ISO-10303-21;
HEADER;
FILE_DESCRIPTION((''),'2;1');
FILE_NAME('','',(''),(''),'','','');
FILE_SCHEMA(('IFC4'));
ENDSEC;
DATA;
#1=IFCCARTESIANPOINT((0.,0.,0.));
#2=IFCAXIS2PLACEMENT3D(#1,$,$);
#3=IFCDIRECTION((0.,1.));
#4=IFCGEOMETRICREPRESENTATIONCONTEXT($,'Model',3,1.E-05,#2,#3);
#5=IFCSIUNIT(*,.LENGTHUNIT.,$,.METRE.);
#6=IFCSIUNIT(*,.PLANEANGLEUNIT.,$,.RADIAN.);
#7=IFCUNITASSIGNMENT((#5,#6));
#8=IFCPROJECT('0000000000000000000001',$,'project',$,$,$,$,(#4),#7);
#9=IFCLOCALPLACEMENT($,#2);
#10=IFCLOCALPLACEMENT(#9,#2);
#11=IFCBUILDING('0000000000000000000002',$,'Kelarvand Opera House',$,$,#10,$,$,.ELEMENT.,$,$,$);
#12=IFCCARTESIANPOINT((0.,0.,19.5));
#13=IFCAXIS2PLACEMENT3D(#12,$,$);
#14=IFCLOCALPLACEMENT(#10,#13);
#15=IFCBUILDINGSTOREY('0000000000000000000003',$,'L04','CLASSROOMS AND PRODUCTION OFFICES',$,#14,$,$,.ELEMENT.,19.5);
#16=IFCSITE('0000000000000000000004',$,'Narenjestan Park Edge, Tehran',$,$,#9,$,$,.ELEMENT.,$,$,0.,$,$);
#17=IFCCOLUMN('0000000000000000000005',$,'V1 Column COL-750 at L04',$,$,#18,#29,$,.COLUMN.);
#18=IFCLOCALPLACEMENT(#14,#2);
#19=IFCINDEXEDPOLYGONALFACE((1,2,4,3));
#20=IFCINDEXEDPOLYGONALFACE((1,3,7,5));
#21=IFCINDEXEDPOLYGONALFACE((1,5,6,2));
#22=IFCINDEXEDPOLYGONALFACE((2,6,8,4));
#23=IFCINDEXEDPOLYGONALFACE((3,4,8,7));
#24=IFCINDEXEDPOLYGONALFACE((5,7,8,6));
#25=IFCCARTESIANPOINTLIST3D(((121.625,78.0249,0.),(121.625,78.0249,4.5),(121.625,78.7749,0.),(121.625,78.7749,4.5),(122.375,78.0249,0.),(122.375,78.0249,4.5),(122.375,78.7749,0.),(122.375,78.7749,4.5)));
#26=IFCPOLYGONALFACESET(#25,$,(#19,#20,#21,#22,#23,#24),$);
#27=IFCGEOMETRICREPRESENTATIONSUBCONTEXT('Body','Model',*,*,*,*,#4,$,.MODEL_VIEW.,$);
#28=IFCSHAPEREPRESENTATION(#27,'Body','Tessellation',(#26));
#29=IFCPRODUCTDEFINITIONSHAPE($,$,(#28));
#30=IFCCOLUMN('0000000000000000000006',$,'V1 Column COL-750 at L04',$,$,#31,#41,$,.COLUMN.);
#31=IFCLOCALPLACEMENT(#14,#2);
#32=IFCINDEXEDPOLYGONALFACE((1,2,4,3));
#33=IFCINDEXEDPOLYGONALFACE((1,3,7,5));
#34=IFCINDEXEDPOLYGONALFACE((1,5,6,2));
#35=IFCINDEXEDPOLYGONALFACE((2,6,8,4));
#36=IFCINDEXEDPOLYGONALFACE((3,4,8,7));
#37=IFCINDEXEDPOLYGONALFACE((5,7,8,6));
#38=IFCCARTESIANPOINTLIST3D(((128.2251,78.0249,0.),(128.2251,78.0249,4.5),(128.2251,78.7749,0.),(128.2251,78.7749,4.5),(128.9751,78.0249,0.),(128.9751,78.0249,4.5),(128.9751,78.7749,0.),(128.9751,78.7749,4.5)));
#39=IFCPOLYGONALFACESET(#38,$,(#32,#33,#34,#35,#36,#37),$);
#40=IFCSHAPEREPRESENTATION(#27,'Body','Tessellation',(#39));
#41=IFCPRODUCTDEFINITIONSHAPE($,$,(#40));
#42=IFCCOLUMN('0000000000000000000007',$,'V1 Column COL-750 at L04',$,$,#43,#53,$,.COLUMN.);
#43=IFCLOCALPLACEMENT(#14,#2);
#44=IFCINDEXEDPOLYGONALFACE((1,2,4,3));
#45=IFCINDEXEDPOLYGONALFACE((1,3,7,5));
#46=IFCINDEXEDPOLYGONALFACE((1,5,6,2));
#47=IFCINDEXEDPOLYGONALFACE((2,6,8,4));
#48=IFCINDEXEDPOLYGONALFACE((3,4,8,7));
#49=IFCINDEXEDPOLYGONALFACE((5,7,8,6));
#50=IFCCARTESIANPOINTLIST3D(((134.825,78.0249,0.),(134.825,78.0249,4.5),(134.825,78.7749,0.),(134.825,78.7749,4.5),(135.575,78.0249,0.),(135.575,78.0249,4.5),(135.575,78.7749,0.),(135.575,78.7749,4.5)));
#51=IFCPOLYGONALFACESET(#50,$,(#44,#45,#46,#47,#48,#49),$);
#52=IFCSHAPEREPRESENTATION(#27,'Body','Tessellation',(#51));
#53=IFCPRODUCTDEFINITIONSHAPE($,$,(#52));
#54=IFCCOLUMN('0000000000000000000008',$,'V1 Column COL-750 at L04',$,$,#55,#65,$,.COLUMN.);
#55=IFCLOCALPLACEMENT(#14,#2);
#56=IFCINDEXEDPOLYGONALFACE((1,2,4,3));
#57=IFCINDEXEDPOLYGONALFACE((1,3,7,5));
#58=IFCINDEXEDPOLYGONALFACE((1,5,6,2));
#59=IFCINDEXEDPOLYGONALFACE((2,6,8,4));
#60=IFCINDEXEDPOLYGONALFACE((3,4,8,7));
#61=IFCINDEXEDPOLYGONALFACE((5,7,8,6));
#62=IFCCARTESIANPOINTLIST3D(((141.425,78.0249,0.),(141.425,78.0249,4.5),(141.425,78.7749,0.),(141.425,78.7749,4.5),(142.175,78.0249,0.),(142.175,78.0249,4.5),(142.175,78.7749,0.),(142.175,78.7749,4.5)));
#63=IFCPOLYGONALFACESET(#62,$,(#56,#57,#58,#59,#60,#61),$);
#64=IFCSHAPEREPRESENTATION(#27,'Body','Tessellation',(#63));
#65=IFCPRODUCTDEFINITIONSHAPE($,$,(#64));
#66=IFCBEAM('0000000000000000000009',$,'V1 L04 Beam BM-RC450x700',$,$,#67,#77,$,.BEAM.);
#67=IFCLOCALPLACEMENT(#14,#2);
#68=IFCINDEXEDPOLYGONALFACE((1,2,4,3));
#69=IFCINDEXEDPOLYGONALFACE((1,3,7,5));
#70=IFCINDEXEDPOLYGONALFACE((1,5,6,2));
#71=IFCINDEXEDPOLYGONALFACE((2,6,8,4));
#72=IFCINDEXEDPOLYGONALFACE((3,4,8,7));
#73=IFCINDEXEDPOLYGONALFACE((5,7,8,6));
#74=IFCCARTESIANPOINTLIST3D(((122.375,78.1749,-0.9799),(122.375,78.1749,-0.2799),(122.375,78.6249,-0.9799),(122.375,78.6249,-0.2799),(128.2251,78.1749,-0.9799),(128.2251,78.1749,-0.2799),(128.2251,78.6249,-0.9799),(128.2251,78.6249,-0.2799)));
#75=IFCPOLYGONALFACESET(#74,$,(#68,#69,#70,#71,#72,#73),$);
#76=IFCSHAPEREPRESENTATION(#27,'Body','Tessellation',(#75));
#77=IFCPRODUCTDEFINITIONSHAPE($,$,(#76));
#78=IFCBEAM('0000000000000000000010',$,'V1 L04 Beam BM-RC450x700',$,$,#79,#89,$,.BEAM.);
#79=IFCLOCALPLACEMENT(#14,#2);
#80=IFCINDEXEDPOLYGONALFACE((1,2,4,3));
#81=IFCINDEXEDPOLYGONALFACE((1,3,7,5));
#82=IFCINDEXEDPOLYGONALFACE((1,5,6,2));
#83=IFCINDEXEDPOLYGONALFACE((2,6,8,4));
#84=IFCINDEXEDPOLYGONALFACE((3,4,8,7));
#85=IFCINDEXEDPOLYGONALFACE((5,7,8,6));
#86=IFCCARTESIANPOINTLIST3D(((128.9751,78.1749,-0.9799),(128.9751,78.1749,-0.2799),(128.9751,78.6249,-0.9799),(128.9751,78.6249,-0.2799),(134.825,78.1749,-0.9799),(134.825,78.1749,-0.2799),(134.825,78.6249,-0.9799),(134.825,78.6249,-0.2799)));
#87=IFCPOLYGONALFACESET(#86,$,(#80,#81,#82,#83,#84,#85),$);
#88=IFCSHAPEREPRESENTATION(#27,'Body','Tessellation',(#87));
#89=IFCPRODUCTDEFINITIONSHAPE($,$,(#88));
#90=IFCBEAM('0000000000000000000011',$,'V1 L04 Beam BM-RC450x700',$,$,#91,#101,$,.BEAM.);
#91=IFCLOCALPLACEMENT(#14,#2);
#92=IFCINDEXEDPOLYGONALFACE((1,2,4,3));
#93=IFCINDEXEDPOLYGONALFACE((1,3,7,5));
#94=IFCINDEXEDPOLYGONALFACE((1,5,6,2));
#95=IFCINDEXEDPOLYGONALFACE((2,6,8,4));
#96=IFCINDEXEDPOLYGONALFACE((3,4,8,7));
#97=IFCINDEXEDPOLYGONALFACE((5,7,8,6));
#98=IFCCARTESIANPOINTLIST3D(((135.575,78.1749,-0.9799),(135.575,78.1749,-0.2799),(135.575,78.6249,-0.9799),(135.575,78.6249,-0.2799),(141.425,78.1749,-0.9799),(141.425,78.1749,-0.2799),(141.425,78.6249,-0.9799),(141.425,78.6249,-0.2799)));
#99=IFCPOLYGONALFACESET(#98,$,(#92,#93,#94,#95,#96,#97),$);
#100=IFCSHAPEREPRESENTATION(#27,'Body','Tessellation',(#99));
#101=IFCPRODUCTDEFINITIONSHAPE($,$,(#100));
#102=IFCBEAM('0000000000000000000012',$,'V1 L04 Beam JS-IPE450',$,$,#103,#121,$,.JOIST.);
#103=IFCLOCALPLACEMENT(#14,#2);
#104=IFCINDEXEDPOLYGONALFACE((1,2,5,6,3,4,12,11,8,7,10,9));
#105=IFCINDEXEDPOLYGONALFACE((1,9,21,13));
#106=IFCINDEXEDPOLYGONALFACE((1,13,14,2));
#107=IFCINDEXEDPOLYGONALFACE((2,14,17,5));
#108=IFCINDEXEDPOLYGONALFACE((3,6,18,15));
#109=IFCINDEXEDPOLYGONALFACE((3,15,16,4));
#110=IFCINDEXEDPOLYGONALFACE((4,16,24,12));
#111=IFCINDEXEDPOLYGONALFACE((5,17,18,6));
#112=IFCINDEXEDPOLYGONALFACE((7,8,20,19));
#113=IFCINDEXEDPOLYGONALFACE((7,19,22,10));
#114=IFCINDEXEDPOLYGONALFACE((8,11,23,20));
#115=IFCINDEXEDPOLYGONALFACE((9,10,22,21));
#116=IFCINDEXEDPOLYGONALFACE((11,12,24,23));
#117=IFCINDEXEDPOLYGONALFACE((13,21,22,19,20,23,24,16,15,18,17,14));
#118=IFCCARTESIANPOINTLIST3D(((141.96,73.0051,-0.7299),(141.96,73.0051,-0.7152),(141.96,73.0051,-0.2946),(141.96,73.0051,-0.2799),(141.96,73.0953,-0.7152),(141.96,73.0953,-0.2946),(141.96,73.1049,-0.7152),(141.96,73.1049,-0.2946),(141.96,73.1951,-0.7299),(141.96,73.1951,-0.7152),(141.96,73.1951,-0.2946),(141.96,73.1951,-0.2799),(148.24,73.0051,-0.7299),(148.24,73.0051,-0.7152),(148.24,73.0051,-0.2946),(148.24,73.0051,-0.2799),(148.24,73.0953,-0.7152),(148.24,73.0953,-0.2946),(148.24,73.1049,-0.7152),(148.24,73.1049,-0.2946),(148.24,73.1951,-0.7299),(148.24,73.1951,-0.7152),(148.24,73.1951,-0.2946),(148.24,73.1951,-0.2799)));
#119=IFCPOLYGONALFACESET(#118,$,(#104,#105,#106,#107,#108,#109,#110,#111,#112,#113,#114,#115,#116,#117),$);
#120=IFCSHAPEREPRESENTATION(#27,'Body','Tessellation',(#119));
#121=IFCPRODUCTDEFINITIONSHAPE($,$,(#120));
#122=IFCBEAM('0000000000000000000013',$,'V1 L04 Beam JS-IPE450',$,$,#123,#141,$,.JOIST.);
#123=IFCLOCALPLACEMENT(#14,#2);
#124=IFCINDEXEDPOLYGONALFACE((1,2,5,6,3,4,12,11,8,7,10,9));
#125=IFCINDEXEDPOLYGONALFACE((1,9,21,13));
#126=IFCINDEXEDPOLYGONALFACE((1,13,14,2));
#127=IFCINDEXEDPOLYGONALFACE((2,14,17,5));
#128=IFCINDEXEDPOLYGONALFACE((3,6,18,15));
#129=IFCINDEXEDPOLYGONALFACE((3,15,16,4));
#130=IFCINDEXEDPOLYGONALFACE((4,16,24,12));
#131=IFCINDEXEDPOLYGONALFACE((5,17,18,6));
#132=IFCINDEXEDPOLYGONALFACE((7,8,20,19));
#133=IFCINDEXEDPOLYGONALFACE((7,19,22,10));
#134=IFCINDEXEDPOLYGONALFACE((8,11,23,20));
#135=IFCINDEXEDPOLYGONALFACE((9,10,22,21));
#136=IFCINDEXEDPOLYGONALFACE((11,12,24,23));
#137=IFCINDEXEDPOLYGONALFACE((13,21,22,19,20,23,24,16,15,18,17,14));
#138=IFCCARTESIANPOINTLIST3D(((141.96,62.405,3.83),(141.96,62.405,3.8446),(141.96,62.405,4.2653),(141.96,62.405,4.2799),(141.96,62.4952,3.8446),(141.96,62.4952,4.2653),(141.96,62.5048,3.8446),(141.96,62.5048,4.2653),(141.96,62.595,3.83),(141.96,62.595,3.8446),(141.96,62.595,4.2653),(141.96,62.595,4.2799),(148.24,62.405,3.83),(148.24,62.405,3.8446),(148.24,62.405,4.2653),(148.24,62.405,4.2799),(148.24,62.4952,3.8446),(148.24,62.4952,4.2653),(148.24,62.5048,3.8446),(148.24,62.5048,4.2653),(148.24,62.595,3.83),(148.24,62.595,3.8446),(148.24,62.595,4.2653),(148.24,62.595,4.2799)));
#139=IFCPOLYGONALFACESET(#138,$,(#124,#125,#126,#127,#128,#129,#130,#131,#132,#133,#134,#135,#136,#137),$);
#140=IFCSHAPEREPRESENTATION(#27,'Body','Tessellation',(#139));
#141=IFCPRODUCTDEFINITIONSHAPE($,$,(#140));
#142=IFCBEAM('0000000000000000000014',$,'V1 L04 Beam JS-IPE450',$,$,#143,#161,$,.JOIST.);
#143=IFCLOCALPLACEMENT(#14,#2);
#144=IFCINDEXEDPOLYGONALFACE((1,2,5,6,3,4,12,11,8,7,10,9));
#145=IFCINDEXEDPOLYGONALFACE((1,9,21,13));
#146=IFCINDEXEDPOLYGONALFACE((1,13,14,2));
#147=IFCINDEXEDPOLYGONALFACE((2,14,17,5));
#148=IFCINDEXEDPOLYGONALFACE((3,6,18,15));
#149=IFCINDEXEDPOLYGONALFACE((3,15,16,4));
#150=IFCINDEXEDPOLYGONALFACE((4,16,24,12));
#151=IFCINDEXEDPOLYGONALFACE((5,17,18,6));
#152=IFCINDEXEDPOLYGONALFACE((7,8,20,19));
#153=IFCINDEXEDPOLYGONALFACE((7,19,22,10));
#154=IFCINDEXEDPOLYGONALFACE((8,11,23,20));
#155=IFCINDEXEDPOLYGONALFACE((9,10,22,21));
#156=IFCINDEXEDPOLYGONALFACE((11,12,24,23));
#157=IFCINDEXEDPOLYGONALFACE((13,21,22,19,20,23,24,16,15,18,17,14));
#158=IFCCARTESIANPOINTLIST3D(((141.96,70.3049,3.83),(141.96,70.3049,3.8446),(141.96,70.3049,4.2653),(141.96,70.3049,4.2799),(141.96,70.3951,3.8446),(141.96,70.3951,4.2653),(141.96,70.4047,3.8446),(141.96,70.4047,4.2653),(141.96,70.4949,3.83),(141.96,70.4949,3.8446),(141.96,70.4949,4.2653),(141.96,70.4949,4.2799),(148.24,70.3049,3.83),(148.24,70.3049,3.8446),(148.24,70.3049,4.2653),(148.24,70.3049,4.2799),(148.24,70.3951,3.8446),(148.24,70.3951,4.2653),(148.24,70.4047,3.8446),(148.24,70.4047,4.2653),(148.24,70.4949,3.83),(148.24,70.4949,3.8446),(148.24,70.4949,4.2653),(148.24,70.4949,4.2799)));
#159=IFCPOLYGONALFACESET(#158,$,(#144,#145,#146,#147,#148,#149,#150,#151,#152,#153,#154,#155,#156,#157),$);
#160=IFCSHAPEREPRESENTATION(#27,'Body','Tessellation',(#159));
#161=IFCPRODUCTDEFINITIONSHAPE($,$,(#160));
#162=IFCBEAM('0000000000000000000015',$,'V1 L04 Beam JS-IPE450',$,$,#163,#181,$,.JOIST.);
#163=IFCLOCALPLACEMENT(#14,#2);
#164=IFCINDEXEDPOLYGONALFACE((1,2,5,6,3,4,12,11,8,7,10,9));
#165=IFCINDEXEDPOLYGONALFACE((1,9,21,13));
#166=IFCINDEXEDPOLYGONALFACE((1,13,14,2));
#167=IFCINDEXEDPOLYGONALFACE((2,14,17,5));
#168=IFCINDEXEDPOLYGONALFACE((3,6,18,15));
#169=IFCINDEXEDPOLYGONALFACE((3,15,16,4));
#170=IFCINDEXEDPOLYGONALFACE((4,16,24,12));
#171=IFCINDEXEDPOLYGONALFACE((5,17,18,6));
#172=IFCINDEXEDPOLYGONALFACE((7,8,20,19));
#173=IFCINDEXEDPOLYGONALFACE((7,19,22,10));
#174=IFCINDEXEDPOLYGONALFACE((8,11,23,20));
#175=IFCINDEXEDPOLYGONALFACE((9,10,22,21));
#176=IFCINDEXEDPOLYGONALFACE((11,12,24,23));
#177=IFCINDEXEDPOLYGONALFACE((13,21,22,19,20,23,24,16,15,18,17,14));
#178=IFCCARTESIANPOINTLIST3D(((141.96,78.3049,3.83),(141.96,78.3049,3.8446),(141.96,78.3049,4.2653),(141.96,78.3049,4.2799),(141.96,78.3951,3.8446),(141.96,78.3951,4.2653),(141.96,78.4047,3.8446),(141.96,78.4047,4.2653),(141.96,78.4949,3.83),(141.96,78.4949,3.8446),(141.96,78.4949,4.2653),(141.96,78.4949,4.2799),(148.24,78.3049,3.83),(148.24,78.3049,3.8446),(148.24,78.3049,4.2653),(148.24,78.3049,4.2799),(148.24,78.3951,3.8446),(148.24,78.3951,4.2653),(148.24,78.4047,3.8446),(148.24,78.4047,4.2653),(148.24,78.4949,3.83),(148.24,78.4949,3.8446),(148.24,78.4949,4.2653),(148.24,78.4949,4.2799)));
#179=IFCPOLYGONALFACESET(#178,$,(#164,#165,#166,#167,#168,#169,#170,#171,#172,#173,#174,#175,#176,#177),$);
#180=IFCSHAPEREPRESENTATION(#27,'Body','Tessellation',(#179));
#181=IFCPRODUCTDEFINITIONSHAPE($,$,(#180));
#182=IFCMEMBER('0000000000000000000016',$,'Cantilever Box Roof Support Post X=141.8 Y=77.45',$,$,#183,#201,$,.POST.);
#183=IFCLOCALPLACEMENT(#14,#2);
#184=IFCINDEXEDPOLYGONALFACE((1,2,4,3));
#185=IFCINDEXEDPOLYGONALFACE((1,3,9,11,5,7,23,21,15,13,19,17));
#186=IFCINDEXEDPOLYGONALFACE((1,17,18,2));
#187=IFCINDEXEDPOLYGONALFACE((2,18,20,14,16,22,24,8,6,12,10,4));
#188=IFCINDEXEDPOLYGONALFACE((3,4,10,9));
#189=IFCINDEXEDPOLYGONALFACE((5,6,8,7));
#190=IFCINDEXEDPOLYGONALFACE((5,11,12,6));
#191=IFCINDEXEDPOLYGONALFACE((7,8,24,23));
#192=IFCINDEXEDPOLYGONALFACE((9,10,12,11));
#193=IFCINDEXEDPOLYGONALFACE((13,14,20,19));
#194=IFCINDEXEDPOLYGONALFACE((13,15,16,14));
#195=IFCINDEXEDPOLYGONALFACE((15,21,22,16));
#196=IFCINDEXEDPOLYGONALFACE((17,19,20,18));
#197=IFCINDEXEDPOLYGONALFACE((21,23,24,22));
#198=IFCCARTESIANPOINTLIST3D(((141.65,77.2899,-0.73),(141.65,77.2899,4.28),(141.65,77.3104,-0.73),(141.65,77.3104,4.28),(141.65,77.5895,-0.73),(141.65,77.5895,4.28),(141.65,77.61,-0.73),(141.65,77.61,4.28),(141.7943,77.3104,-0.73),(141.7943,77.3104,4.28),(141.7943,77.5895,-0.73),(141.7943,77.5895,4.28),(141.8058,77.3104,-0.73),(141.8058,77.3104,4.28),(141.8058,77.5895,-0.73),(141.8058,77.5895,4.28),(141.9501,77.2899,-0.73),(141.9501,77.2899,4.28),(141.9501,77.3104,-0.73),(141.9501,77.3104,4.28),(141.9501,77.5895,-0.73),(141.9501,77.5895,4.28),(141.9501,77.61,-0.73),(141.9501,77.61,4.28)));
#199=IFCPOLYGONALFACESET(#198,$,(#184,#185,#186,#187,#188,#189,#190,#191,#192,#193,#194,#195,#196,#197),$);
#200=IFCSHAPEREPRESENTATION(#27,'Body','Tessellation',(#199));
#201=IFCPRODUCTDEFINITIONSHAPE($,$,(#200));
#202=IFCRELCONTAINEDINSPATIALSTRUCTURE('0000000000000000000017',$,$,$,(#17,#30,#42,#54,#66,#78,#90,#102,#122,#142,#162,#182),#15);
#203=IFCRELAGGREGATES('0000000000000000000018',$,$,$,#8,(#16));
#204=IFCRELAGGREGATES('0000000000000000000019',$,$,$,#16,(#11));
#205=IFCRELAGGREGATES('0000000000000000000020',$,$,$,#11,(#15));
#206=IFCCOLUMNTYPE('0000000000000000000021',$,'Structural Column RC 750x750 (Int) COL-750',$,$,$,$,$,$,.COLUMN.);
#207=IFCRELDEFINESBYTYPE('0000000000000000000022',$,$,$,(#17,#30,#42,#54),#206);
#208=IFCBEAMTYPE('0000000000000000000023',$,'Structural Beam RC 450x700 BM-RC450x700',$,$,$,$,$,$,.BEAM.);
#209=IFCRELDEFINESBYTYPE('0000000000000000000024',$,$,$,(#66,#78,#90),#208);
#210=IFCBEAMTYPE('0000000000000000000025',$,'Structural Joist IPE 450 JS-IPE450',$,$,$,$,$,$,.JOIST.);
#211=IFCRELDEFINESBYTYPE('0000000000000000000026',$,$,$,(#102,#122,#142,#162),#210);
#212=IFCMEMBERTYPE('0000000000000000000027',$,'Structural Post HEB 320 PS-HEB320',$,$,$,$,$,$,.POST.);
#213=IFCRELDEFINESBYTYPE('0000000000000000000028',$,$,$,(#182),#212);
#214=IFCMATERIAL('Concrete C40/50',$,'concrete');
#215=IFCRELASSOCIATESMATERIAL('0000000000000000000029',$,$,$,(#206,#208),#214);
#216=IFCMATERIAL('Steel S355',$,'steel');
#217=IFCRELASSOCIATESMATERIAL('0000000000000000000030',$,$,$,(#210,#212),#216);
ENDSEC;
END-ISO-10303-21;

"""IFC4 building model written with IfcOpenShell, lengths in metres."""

from ifc_helpers import new_model, si_unit, direction, frame, origin, origin_2d, place, context, subcontext, project, spatial, rectangle, i_section, extrude, material, material_profile, profile_set, type_object, element, save


model = new_model("IFC4")

# Units and contexts
model_context = context("Model", 3, precision=1e-05, world=origin(), true_north=direction((0.0, 1.0)))
body_context = subcontext(model_context, "Body", "Model", "MODEL_VIEW")
ifc_project = project(units=[si_unit("LENGTHUNIT", "METRE"), si_unit("PLANEANGLEUNIT", "RADIAN")], contexts=[model_context])

# Site, building, storey
site_placement = place(None, origin())
site = spatial("IfcSite", under=ifc_project, at=site_placement, Name="Narenjestan Park Edge, Tehran", CompositionType="ELEMENT", RefElevation=0.0)
building_placement = place(site_placement, origin())
building = spatial("IfcBuilding", under=site, at=building_placement, Name="Kelarvand Opera House", CompositionType="ELEMENT")
storey_placement = place(building_placement, frame((0.0, 0.0, 19.5)))
storey = spatial("IfcBuildingStorey", under=building, at=storey_placement, Name="L04", Description="CLASSROOMS AND PRODUCTION OFFICES", CompositionType="ELEMENT", Elevation=19.5)

# Columns
ifc_material_1 = material(Name="Concrete C40/50", Category="concrete")
ifc_material_profile_1 = material_profile(ifc_material_1, rectangle(XDim=0.75, YDim=0.75, at=origin_2d()), Name="RC 750x750", Category="concrete")
ifc_profile_set_1 = profile_set([ifc_material_profile_1], Name="Concrete C40/50")
column_type = type_object("IfcColumnType", Name="Structural Column RC 750x750 (Int) COL-750", PredefinedType="COLUMN", material=ifc_profile_set_1)
for number, where, z_axis, x_axis, name in (
    (1, (122.0, 78.3999, 0.0), (0.0, 0.0, 1.0), (1.0, 0.0, 0.0), "V1 Column COL-750 at L04"),
    (2, (128.6001, 78.3999, 0.0), (0.0, 0.0, 1.0), (1.0, 0.0, 0.0), "V1 Column COL-750 at L04"),
    (3, (135.2, 78.3999, 0.0), (0.0, 0.0, 1.0), (1.0, 0.0, 0.0), "V1 Column COL-750 at L04"),
    (4, (141.8, 78.3999, 0.0), (0.0, 0.0, 1.0), (1.0, 0.0, 0.0), "V1 Column COL-750 at L04"),
):
    element("IfcColumn", number, at=place(storey_placement, frame(where, z_axis=z_axis, x_axis=x_axis)), inside=storey, type_object=column_type, Name=name, PredefinedType="COLUMN", context=body_context, shape_type="SweptSolid", body=[
        extrude(rectangle(XDim=0.75, YDim=0.75, at=origin_2d()), origin(), (0.0, 0.0, 1.0), 4.5),
    ])

# Beams
ifc_material_profile_2 = material_profile(ifc_material_1, rectangle(XDim=0.45, YDim=0.7, at=origin_2d()), Name="RC 450x700", Category="concrete")
ifc_profile_set_2 = profile_set([ifc_material_profile_2], Name="Concrete C40/50")
beam_type_1 = type_object("IfcBeamType", Name="Structural Beam RC 450x700 BM-RC450x700", PredefinedType="BEAM", material=ifc_profile_set_2)
beam_1_placement = place(storey_placement, frame((122.375, 78.3999, -0.6299), z_axis=(1.0, 0.0, 0.0), x_axis=(0.0, 1.0, 0.0)))
element("IfcBeam", 5, at=beam_1_placement, inside=storey, type_object=beam_type_1, Name="V1 L04 Beam BM-RC450x700", PredefinedType="BEAM", context=body_context, shape_type="SweptSolid", body=[
    extrude(rectangle(XDim=0.45, YDim=0.7, at=origin_2d()), origin(), (0.0, 0.0, 1.0), 5.8501),
])
beam_2_placement = place(storey_placement, frame((128.9751, 78.3999, -0.6299), z_axis=(1.0, 0.0, 0.0), x_axis=(0.0, 1.0, 0.0)))
element("IfcBeam", 6, at=beam_2_placement, inside=storey, type_object=beam_type_1, Name="V1 L04 Beam BM-RC450x700", PredefinedType="BEAM", context=body_context, shape_type="SweptSolid", body=[
    extrude(rectangle(XDim=0.45, YDim=0.7, at=origin_2d()), origin(), (0.0, 0.0, 1.0), 5.8499),
])
beam_3_placement = place(storey_placement, frame((135.575, 78.3999, -0.6299), z_axis=(1.0, 0.0, 0.0), x_axis=(0.0, 1.0, 0.0)))
element("IfcBeam", 7, at=beam_3_placement, inside=storey, type_object=beam_type_1, Name="V1 L04 Beam BM-RC450x700", PredefinedType="BEAM", context=body_context, shape_type="SweptSolid", body=[
    extrude(rectangle(XDim=0.45, YDim=0.7, at=origin_2d()), origin(), (0.0, 0.0, 1.0), 5.8501),
])
ifc_material_2 = material(Name="Steel S355", Category="steel")
ifc_material_profile_3 = material_profile(ifc_material_2, i_section(OverallWidth=0.1899, OverallDepth=0.45, WebThickness=0.0095, FlangeThickness=0.0146, at=origin_2d()), Name="IPE 450", Category="steel")
ifc_profile_set_3 = profile_set([ifc_material_profile_3], Name="Steel S355")
beam_type_2 = type_object("IfcBeamType", Name="Structural Joist IPE 450 JS-IPE450", PredefinedType="JOIST", material=ifc_profile_set_3)
for number, where, z_axis, x_axis, name in (
    (8, (141.96, 73.1001, -0.5049), (1.0, 0.0, 0.0), (0.0, 1.0, 0.0), "V1 L04 Beam JS-IPE450"),
    (9, (141.96, 62.5, 4.0549), (1.0, 0.0, 0.0), (0.0, 1.0, 0.0), "V1 L04 Beam JS-IPE450"),
    (10, (141.96, 70.3999, 4.0549), (1.0, 0.0, 0.0), (0.0, 1.0, 0.0), "V1 L04 Beam JS-IPE450"),
    (11, (141.96, 78.3999, 4.0549), (1.0, 0.0, 0.0), (0.0, 1.0, 0.0), "V1 L04 Beam JS-IPE450"),
):
    element("IfcBeam", number, at=place(storey_placement, frame(where, z_axis=z_axis, x_axis=x_axis)), inside=storey, type_object=beam_type_2, Name=name, PredefinedType="JOIST", context=body_context, shape_type="SweptSolid", body=[
        extrude(i_section(OverallWidth=0.1899, OverallDepth=0.45, WebThickness=0.0095, FlangeThickness=0.0146, at=origin_2d()), origin(), (0.0, 0.0, 1.0), 6.28),
    ])

# Member
ifc_material_profile_4 = material_profile(ifc_material_2, i_section(OverallWidth=0.3, OverallDepth=0.3201, WebThickness=0.0115, FlangeThickness=0.0205, at=origin_2d()), Name="HEB 320", Category="steel")
ifc_profile_set_4 = profile_set([ifc_material_profile_4], Name="Steel S355")
member_type = type_object("IfcMemberType", Name="Structural Post HEB 320 PS-HEB320", PredefinedType="POST", material=ifc_profile_set_4)
for number, where, z_axis, x_axis, name in (
    (12, (141.8, 77.45, -0.73), (0.0, 0.0, 1.0), (1.0, 0.0, 0.0), "Cantilever Box Roof Support Post X=141.8 Y=77.45"),
):
    element("IfcMember", number, at=place(storey_placement, frame(where, z_axis=z_axis, x_axis=x_axis)), inside=storey, type_object=member_type, Name=name, PredefinedType="POST", context=body_context, shape_type="SweptSolid", body=[
        extrude(i_section(OverallWidth=0.3, OverallDepth=0.3201, WebThickness=0.0115, FlangeThickness=0.0205, at=origin_2d()), origin(), (0.0, 0.0, 1.0), 5.01),
    ])

save(model, "model.ifc")
